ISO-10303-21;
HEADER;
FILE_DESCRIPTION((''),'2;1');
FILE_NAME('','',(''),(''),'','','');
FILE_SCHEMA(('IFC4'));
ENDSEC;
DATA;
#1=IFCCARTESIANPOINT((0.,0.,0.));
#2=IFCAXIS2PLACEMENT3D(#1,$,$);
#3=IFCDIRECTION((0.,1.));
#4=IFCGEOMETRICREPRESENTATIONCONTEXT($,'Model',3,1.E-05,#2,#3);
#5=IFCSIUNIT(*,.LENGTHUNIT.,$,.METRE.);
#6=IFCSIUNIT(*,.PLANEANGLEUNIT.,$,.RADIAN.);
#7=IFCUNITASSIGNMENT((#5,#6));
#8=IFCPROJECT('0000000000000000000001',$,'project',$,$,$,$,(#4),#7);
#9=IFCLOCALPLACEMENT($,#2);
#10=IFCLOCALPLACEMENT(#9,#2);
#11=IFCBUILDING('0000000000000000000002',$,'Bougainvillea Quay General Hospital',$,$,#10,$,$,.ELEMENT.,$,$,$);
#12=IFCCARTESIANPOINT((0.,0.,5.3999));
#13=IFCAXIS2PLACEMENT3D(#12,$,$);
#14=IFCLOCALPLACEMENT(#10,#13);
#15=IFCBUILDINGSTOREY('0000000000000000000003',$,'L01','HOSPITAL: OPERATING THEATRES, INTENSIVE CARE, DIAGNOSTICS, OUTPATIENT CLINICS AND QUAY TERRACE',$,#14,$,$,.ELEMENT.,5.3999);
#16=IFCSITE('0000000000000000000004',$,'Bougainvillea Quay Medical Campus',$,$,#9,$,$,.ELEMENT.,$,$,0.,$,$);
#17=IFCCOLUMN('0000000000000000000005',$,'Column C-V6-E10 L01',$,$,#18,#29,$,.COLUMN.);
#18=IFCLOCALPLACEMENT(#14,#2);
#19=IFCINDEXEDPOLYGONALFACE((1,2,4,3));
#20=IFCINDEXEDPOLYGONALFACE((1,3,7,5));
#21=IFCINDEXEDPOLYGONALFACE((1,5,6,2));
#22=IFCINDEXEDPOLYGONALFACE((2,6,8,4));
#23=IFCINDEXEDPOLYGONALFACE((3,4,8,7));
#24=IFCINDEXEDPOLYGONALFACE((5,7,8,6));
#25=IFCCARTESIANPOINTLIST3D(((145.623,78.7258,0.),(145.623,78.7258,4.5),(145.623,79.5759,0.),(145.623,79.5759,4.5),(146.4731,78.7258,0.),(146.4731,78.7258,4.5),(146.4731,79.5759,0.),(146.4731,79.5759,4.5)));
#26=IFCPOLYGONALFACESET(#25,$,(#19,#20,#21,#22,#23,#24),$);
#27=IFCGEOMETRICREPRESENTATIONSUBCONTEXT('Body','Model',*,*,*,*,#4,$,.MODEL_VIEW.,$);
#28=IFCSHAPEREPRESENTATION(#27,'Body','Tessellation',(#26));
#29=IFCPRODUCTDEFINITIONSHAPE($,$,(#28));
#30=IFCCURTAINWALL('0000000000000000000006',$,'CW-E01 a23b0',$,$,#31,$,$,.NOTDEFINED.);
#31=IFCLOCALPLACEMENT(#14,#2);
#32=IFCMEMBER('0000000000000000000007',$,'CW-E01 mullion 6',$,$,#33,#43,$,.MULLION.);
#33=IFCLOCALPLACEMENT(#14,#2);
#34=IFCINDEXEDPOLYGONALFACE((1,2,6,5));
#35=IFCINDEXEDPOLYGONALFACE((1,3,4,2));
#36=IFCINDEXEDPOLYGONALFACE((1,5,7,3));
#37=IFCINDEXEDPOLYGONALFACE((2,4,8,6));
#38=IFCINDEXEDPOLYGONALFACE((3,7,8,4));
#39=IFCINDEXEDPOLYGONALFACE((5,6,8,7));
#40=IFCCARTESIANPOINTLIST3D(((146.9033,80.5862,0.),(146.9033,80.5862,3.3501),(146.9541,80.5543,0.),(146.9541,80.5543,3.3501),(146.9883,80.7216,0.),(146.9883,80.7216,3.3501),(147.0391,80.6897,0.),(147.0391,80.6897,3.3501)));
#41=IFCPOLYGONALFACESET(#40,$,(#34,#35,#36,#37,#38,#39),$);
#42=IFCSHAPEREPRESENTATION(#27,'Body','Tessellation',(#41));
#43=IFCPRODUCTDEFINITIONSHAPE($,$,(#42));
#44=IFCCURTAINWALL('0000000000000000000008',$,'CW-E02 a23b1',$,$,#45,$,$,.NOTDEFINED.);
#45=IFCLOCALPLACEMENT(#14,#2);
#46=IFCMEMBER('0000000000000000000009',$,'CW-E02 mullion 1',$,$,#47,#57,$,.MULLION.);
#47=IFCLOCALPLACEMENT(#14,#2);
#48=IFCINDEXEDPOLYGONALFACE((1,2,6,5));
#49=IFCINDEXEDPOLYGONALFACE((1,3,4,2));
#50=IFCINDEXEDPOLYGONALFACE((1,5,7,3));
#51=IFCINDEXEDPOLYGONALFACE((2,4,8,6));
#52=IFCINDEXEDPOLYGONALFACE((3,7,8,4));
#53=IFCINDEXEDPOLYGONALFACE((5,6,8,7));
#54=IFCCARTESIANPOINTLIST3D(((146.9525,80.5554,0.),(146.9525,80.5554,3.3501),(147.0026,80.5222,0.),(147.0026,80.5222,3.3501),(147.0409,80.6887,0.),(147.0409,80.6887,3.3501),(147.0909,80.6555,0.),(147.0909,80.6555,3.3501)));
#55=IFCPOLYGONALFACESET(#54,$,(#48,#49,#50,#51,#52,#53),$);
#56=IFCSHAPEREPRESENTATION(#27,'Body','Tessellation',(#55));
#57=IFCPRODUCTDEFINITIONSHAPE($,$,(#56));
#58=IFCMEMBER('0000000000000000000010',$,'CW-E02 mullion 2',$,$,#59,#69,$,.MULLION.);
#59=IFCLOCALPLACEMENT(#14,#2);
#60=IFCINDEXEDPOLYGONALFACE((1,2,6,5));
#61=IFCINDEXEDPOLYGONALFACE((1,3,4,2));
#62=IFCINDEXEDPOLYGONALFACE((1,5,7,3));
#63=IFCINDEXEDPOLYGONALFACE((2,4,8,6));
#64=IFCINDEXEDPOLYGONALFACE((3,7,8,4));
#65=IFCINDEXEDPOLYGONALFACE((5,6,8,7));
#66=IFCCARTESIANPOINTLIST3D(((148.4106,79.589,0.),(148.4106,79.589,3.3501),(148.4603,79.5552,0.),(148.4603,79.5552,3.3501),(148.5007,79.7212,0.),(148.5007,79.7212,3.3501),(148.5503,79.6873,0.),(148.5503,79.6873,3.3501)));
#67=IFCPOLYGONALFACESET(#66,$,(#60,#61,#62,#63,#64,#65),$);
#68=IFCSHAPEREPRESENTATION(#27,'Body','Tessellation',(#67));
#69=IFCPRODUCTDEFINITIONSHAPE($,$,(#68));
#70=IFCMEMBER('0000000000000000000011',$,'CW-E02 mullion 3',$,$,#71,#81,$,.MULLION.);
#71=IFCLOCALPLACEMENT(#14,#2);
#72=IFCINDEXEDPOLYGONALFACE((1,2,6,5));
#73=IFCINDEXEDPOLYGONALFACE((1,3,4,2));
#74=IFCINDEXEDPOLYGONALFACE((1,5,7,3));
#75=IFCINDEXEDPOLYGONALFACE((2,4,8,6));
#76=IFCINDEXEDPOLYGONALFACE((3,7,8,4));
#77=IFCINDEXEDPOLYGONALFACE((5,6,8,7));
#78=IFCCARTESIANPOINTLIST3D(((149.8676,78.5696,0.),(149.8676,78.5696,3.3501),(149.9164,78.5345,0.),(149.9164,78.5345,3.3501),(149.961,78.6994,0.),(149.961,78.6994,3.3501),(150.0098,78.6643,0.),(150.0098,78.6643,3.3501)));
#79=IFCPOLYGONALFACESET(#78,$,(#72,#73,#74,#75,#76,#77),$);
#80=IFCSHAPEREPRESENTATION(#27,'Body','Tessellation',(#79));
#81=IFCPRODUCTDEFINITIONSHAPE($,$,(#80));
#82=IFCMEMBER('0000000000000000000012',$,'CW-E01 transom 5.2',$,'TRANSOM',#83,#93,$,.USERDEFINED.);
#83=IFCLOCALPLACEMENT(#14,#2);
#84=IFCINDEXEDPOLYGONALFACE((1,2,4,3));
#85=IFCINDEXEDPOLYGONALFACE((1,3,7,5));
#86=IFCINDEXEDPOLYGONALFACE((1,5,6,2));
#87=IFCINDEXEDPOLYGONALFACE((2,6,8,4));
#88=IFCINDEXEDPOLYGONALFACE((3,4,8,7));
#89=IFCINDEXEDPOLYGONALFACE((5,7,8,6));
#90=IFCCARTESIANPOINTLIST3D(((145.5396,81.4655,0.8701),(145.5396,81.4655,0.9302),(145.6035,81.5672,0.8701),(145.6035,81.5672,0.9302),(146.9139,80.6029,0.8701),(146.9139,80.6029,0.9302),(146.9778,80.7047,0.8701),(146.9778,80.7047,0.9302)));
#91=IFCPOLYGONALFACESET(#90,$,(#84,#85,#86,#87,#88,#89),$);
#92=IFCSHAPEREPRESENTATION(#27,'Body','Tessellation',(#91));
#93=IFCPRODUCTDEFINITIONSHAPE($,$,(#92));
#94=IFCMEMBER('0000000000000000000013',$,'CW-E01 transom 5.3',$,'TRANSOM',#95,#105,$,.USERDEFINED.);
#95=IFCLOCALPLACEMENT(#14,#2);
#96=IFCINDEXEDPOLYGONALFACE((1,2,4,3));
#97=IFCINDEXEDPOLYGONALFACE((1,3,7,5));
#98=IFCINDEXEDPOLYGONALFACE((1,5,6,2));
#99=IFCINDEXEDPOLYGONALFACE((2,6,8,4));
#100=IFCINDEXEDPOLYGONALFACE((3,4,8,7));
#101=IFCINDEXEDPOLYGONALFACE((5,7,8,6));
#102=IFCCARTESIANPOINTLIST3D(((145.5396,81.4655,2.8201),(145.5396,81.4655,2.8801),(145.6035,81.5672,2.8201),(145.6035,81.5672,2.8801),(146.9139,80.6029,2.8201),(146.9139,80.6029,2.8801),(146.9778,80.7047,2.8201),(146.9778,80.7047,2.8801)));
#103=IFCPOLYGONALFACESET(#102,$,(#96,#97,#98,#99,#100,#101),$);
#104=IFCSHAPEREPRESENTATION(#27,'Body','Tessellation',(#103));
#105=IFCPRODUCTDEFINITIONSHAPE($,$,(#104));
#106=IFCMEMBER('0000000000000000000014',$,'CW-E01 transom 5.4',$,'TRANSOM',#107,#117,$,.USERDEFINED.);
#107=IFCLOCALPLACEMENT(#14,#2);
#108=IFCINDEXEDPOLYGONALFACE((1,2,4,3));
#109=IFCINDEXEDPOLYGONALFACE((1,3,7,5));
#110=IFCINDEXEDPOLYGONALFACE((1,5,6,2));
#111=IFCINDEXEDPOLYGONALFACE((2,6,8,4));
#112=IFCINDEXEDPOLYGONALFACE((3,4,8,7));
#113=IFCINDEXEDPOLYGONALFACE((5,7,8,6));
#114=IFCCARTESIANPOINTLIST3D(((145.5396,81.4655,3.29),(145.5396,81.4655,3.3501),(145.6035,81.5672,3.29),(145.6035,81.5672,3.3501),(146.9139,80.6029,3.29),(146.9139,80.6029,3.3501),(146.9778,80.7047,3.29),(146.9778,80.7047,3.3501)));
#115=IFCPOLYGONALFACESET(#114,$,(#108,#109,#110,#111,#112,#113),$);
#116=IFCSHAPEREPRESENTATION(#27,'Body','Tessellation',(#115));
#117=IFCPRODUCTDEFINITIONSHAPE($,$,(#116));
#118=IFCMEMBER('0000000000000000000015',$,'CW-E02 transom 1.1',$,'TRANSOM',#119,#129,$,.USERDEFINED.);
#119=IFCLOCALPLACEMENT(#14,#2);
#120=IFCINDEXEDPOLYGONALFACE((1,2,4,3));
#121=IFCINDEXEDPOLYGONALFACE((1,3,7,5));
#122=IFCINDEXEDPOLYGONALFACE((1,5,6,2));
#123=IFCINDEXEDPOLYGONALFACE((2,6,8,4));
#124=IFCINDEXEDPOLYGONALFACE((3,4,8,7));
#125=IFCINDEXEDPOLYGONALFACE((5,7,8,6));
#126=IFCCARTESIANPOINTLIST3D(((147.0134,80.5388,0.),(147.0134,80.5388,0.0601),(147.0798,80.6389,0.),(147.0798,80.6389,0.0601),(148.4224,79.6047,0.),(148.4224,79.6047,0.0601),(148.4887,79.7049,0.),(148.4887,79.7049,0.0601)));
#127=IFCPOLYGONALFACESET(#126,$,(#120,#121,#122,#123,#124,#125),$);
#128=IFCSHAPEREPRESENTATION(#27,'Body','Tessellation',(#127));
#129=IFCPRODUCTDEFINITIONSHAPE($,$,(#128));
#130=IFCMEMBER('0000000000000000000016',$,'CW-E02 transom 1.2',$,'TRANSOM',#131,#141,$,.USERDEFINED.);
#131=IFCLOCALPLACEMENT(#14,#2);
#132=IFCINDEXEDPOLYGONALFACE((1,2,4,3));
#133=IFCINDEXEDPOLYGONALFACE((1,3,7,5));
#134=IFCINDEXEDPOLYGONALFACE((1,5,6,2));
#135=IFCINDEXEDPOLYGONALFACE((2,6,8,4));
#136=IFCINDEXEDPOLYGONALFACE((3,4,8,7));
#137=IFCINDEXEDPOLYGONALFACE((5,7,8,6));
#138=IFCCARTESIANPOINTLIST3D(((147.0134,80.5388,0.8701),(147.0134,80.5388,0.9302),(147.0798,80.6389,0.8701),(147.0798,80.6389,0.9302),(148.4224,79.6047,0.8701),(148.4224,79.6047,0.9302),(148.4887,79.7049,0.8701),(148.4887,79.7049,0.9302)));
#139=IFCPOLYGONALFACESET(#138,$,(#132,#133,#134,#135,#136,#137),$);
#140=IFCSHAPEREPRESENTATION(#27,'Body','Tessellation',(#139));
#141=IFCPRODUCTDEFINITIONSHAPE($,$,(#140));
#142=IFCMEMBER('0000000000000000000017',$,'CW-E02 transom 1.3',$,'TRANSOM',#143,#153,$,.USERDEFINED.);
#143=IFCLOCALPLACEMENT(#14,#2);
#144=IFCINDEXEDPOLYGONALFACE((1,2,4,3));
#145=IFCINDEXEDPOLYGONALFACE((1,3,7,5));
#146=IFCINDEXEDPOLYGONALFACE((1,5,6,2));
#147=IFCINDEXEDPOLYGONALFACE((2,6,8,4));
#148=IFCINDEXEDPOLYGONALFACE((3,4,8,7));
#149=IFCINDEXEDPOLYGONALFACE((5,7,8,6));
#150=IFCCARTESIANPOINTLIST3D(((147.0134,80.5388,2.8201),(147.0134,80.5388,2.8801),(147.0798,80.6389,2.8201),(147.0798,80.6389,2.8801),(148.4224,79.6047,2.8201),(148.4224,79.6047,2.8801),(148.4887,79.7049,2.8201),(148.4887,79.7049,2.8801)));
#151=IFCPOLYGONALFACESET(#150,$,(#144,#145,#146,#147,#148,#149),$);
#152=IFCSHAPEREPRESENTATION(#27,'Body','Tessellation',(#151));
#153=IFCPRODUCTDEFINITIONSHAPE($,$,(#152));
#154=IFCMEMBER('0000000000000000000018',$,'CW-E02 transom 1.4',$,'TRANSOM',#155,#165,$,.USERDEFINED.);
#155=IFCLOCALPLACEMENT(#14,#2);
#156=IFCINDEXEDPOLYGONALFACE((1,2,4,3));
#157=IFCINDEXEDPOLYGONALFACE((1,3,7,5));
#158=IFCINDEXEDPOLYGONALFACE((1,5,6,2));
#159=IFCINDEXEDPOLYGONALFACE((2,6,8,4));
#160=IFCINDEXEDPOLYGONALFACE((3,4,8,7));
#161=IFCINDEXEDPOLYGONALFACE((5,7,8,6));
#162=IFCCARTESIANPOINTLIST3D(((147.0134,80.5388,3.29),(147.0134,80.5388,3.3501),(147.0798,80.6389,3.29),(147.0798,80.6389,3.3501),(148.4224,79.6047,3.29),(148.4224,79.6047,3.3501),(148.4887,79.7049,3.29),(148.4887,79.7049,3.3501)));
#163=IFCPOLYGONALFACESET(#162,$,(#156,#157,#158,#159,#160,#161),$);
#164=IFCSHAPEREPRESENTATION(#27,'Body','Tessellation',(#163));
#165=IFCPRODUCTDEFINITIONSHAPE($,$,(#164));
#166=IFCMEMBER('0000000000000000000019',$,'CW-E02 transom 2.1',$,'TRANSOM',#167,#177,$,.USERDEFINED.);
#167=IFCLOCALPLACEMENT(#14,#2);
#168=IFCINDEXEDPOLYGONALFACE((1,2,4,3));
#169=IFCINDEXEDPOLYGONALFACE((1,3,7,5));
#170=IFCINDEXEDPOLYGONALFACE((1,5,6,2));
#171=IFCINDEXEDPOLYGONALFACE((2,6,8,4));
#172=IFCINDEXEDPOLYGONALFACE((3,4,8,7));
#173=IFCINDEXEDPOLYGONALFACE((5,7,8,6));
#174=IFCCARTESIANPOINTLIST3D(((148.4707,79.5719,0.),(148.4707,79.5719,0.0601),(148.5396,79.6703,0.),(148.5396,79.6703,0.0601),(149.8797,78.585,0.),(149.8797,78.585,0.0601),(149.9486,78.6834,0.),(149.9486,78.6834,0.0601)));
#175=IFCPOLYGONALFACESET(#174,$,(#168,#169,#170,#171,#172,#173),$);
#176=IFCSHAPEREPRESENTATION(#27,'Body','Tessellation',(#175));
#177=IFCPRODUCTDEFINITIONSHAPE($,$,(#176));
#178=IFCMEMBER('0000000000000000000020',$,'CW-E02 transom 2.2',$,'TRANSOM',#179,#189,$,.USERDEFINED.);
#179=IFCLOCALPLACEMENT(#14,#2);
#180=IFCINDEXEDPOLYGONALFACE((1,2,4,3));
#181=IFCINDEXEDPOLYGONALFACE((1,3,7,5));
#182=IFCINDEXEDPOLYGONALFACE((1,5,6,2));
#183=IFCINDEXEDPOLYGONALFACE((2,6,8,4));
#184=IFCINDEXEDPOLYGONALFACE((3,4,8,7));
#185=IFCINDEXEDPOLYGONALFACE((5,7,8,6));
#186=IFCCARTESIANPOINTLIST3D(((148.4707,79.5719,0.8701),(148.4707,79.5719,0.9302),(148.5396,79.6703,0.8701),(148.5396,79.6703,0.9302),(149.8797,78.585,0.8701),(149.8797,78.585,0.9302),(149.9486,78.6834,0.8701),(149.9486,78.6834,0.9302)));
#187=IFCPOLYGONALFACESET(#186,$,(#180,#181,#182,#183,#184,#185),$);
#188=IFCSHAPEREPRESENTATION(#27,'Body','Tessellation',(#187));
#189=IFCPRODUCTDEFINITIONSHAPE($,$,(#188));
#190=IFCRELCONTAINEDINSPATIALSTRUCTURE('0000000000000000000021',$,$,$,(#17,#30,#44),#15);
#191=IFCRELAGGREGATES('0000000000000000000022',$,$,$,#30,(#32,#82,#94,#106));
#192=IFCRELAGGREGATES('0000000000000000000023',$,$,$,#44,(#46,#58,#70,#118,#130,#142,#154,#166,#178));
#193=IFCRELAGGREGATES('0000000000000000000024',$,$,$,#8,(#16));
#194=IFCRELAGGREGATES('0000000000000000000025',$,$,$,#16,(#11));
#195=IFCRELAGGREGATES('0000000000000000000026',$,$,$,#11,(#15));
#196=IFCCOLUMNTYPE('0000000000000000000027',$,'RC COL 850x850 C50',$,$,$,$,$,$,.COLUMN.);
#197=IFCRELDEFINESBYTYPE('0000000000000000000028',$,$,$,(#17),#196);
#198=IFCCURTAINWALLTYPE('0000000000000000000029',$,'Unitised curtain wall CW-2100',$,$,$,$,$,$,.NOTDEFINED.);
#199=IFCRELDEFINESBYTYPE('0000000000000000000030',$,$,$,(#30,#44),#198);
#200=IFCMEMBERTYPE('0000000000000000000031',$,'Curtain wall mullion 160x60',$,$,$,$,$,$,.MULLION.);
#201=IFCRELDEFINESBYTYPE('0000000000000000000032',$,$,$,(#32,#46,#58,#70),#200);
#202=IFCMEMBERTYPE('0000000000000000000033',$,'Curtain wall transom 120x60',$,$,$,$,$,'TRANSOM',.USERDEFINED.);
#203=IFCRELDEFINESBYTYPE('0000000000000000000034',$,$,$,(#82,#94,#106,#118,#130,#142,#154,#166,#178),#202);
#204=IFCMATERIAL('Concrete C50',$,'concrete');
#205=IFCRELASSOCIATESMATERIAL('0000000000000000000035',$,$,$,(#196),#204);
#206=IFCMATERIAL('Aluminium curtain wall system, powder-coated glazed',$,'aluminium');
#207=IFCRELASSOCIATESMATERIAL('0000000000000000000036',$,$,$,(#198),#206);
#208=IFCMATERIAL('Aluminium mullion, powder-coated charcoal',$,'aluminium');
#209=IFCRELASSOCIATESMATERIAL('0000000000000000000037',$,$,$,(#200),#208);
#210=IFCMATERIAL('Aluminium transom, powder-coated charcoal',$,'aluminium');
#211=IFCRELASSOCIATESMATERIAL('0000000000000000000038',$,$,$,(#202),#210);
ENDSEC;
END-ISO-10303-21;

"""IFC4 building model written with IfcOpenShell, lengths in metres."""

from ifc_helpers import new_model, si_unit, direction, frame, origin, origin_2d, place, context, subcontext, project, spatial, rectangle, extrude, material, material_profile, profile_set, type_object, element, aggregate, save


model = new_model("IFC4")

# Units and contexts
model_context = context("Model", 3, precision=1e-05, world=origin(), true_north=direction((0.0, 1.0)))
body_context = subcontext(model_context, "Body", "Model", "MODEL_VIEW")
ifc_project = project(units=[si_unit("LENGTHUNIT", "METRE"), si_unit("PLANEANGLEUNIT", "RADIAN")], contexts=[model_context])

# Site, building, storey
site_placement = place(None, origin())
site = spatial("IfcSite", under=ifc_project, at=site_placement, Name="Bougainvillea Quay Medical Campus", CompositionType="ELEMENT", RefElevation=0.0)
building_placement = place(site_placement, origin())
building = spatial("IfcBuilding", under=site, at=building_placement, Name="Bougainvillea Quay General Hospital", CompositionType="ELEMENT")
storey_placement = place(building_placement, frame((0.0, 0.0, 5.3999)))
storey = spatial("IfcBuildingStorey", under=building, at=storey_placement, Name="L01", Description="HOSPITAL: OPERATING THEATRES, INTENSIVE CARE, DIAGNOSTICS, OUTPATIENT CLINICS AND QUAY TERRACE", CompositionType="ELEMENT", Elevation=5.3999)

# Column
ifc_material_1 = material(Name="Concrete C50", Category="concrete")
ifc_material_profile_1 = material_profile(ifc_material_1, rectangle(XDim=0.8501, YDim=0.8501, at=origin_2d()))
ifc_profile_set_1 = profile_set([ifc_material_profile_1], Name="Concrete C50")
column_type = type_object("IfcColumnType", Name="RC COL 850x850 C50", PredefinedType="COLUMN", material=ifc_profile_set_1)
column_placement = place(storey_placement, frame((146.0481, 79.1509, 0.0), z_axis=(0.0, 0.0, 1.0), x_axis=(1.0, 0.0, 0.0)))
element("IfcColumn", 1, at=column_placement, inside=storey, type_object=column_type, Name="Column C-V6-E10 L01", PredefinedType="COLUMN", context=body_context, shape_type="SweptSolid", body=[
    extrude(rectangle(XDim=0.8501, YDim=0.8501, at=origin_2d()), origin(), (0.0, 0.0, 1.0), 4.5),
])

# Curtain wall, member
ifc_material_2 = material(Name="Aluminium curtain wall system, powder-coated glazed", Category="aluminium")
curtain_wall_type = type_object("IfcCurtainWallType", Name="Unitised curtain wall CW-2100", PredefinedType="NOTDEFINED", material=ifc_material_2)
curtain_wall_1_placement = place(storey_placement, origin())
curtain_wall_1 = element("IfcCurtainWall", 2, at=curtain_wall_1_placement, inside=storey, type_object=curtain_wall_type, Name="CW-E01 a23b0", PredefinedType="NOTDEFINED")
ifc_material_3 = material(Name="Aluminium mullion, powder-coated charcoal", Category="aluminium")
ifc_material_profile_2 = material_profile(ifc_material_3, rectangle(XDim=0.1599, YDim=0.0601, at=origin_2d()))
ifc_profile_set_2 = profile_set([ifc_material_profile_2], Name="Aluminium mullion, powder-coated charcoal")
member_type_1 = type_object("IfcMemberType", Name="Curtain wall mullion 160x60", PredefinedType="MULLION", material=ifc_profile_set_2)
member_1_placement = place(storey_placement, frame((146.9712, 80.6379, 0.0), z_axis=(0.0, 0.0, 1.0), x_axis=(0.531526, 0.847042, 0.0)))
member_1 = element("IfcMember", 3, at=member_1_placement, type_object=member_type_1, Name="CW-E01 mullion 6", PredefinedType="MULLION", context=body_context, shape_type="SweptSolid", body=[
    extrude(rectangle(XDim=0.1599, YDim=0.0601, at=origin_2d()), origin(), (0.0, 0.0, 1.0), 3.3501),
])

# Curtain wall, members
curtain_wall_2_placement = place(storey_placement, origin())
curtain_wall_2 = element("IfcCurtainWall", 4, at=curtain_wall_2_placement, inside=storey, type_object=curtain_wall_type, Name="CW-E02 a23b1", PredefinedType="NOTDEFINED")
member_2_placement = place(storey_placement, frame((147.0217, 80.6055, 0.0), z_axis=(0.0, 0.0, 1.0), x_axis=(0.552566, 0.833469, 0.0)))
member_2 = element("IfcMember", 5, at=member_2_placement, type_object=member_type_1, Name="CW-E02 mullion 1", PredefinedType="MULLION", context=body_context, shape_type="SweptSolid", body=[
    extrude(rectangle(XDim=0.1599, YDim=0.0601, at=origin_2d()), origin(), (0.0, 0.0, 1.0), 3.3501),
])
member_3_placement = place(storey_placement, frame((148.4805, 79.6382, 0.0), z_axis=(0.0, 0.0, 1.0), x_axis=(0.563157, 0.82635, 0.0)))
member_3 = element("IfcMember", 6, at=member_3_placement, type_object=member_type_1, Name="CW-E02 mullion 2", PredefinedType="MULLION", context=body_context, shape_type="SweptSolid", body=[
    extrude(rectangle(XDim=0.1599, YDim=0.0601, at=origin_2d()), origin(), (0.0, 0.0, 1.0), 3.3501),
])
member_4_placement = place(storey_placement, frame((149.9387, 78.6169, 0.0), z_axis=(0.0, 0.0, 1.0), x_axis=(0.584063, 0.811709, 0.0)))
member_4 = element("IfcMember", 7, at=member_4_placement, type_object=member_type_1, Name="CW-E02 mullion 3", PredefinedType="MULLION", context=body_context, shape_type="SweptSolid", body=[
    extrude(rectangle(XDim=0.1599, YDim=0.0601, at=origin_2d()), origin(), (0.0, 0.0, 1.0), 3.3501),
])

# Members
ifc_material_4 = material(Name="Aluminium transom, powder-coated charcoal", Category="aluminium")
ifc_material_profile_3 = material_profile(ifc_material_4, rectangle(XDim=0.1201, YDim=0.0601, at=origin_2d()))
ifc_profile_set_3 = profile_set([ifc_material_profile_3], Name="Aluminium transom, powder-coated charcoal")
member_type_2 = type_object("IfcMemberType", Name="Curtain wall transom 120x60", ElementType="TRANSOM", PredefinedType="USERDEFINED", material=ifc_profile_set_3)
member_5_placement = place(storey_placement, frame((145.5715, 81.5164, 0.9001), z_axis=(0.846991, -0.531607, 0.0), x_axis=(0.531607, 0.846991, 0.0)))
member_5 = element("IfcMember", 8, at=member_5_placement, type_object=member_type_2, Name="CW-E01 transom 5.2", ObjectType="TRANSOM", PredefinedType="USERDEFINED", context=body_context, shape_type="SweptSolid", body=[
    extrude(rectangle(XDim=0.1201, YDim=0.0601, at=origin_2d()), origin(), (0.0, 0.0, 1.0), 1.6226),
])
member_6_placement = place(storey_placement, frame((145.5715, 81.5164, 2.8501), z_axis=(0.846991, -0.531607, 0.0), x_axis=(0.531607, 0.846991, 0.0)))
member_6 = element("IfcMember", 9, at=member_6_placement, type_object=member_type_2, Name="CW-E01 transom 5.3", ObjectType="TRANSOM", PredefinedType="USERDEFINED", context=body_context, shape_type="SweptSolid", body=[
    extrude(rectangle(XDim=0.1201, YDim=0.0601, at=origin_2d()), origin(), (0.0, 0.0, 1.0), 1.6226),
])
member_7_placement = place(storey_placement, frame((145.5715, 81.5164, 3.3201), z_axis=(0.846991, -0.531607, 0.0), x_axis=(0.531607, 0.846991, 0.0)))
member_7 = element("IfcMember", 10, at=member_7_placement, type_object=member_type_2, Name="CW-E01 transom 5.4", ObjectType="TRANSOM", PredefinedType="USERDEFINED", context=body_context, shape_type="SweptSolid", body=[
    extrude(rectangle(XDim=0.1201, YDim=0.0601, at=origin_2d()), origin(), (0.0, 0.0, 1.0), 1.6226),
])
member_8_placement = place(storey_placement, frame((147.0466, 80.5889, 0.03), z_axis=(0.83347, -0.552565, 0.0), x_axis=(0.552565, 0.83347, 0.0)))
member_8 = element("IfcMember", 11, at=member_8_placement, type_object=member_type_2, Name="CW-E02 transom 1.1", ObjectType="TRANSOM", PredefinedType="USERDEFINED", context=body_context, shape_type="SweptSolid", body=[
    extrude(rectangle(XDim=0.1201, YDim=0.0601, at=origin_2d()), origin(), (0.0, 0.0, 1.0), 1.6904),
])
member_9_placement = place(storey_placement, frame((147.0466, 80.5889, 0.9001), z_axis=(0.83347, -0.552565, 0.0), x_axis=(0.552565, 0.83347, 0.0)))
member_9 = element("IfcMember", 12, at=member_9_placement, type_object=member_type_2, Name="CW-E02 transom 1.2", ObjectType="TRANSOM", PredefinedType="USERDEFINED", context=body_context, shape_type="SweptSolid", body=[
    extrude(rectangle(XDim=0.1201, YDim=0.0601, at=origin_2d()), origin(), (0.0, 0.0, 1.0), 1.6904),
])
member_10_placement = place(storey_placement, frame((147.0466, 80.5889, 2.8501), z_axis=(0.83347, -0.552565, 0.0), x_axis=(0.552565, 0.83347, 0.0)))
member_10 = element("IfcMember", 13, at=member_10_placement, type_object=member_type_2, Name="CW-E02 transom 1.3", ObjectType="TRANSOM", PredefinedType="USERDEFINED", context=body_context, shape_type="SweptSolid", body=[
    extrude(rectangle(XDim=0.1201, YDim=0.0601, at=origin_2d()), origin(), (0.0, 0.0, 1.0), 1.6904),
])
member_11_placement = place(storey_placement, frame((147.0466, 80.5889, 3.3201), z_axis=(0.83347, -0.552565, 0.0), x_axis=(0.552565, 0.83347, 0.0)))
member_11 = element("IfcMember", 14, at=member_11_placement, type_object=member_type_2, Name="CW-E02 transom 1.4", ObjectType="TRANSOM", PredefinedType="USERDEFINED", context=body_context, shape_type="SweptSolid", body=[
    extrude(rectangle(XDim=0.1201, YDim=0.0601, at=origin_2d()), origin(), (0.0, 0.0, 1.0), 1.6904),
])
member_12_placement = place(storey_placement, frame((148.5051, 79.6211, 0.03), z_axis=(0.819079, -0.573681, 0.0), x_axis=(0.573681, 0.819079, 0.0)))
member_12 = element("IfcMember", 15, at=member_12_placement, type_object=member_type_2, Name="CW-E02 transom 2.1", ObjectType="TRANSOM", PredefinedType="USERDEFINED", context=body_context, shape_type="SweptSolid", body=[
    extrude(rectangle(XDim=0.1201, YDim=0.0601, at=origin_2d()), origin(), (0.0, 0.0, 1.0), 1.7202),
])
member_13_placement = place(storey_placement, frame((148.5051, 79.6211, 0.9001), z_axis=(0.819079, -0.573681, 0.0), x_axis=(0.573681, 0.819079, 0.0)))
member_13 = element("IfcMember", 16, at=member_13_placement, type_object=member_type_2, Name="CW-E02 transom 2.2", ObjectType="TRANSOM", PredefinedType="USERDEFINED", context=body_context, shape_type="SweptSolid", body=[
    extrude(rectangle(XDim=0.1201, YDim=0.0601, at=origin_2d()), origin(), (0.0, 0.0, 1.0), 1.7202),
])

aggregate(curtain_wall_1, [member_1, member_5, member_6, member_7])
aggregate(curtain_wall_2, [member_2, member_3, member_4, member_8, member_9, member_10, member_11, member_12, member_13])

save(model, "model.ifc")
